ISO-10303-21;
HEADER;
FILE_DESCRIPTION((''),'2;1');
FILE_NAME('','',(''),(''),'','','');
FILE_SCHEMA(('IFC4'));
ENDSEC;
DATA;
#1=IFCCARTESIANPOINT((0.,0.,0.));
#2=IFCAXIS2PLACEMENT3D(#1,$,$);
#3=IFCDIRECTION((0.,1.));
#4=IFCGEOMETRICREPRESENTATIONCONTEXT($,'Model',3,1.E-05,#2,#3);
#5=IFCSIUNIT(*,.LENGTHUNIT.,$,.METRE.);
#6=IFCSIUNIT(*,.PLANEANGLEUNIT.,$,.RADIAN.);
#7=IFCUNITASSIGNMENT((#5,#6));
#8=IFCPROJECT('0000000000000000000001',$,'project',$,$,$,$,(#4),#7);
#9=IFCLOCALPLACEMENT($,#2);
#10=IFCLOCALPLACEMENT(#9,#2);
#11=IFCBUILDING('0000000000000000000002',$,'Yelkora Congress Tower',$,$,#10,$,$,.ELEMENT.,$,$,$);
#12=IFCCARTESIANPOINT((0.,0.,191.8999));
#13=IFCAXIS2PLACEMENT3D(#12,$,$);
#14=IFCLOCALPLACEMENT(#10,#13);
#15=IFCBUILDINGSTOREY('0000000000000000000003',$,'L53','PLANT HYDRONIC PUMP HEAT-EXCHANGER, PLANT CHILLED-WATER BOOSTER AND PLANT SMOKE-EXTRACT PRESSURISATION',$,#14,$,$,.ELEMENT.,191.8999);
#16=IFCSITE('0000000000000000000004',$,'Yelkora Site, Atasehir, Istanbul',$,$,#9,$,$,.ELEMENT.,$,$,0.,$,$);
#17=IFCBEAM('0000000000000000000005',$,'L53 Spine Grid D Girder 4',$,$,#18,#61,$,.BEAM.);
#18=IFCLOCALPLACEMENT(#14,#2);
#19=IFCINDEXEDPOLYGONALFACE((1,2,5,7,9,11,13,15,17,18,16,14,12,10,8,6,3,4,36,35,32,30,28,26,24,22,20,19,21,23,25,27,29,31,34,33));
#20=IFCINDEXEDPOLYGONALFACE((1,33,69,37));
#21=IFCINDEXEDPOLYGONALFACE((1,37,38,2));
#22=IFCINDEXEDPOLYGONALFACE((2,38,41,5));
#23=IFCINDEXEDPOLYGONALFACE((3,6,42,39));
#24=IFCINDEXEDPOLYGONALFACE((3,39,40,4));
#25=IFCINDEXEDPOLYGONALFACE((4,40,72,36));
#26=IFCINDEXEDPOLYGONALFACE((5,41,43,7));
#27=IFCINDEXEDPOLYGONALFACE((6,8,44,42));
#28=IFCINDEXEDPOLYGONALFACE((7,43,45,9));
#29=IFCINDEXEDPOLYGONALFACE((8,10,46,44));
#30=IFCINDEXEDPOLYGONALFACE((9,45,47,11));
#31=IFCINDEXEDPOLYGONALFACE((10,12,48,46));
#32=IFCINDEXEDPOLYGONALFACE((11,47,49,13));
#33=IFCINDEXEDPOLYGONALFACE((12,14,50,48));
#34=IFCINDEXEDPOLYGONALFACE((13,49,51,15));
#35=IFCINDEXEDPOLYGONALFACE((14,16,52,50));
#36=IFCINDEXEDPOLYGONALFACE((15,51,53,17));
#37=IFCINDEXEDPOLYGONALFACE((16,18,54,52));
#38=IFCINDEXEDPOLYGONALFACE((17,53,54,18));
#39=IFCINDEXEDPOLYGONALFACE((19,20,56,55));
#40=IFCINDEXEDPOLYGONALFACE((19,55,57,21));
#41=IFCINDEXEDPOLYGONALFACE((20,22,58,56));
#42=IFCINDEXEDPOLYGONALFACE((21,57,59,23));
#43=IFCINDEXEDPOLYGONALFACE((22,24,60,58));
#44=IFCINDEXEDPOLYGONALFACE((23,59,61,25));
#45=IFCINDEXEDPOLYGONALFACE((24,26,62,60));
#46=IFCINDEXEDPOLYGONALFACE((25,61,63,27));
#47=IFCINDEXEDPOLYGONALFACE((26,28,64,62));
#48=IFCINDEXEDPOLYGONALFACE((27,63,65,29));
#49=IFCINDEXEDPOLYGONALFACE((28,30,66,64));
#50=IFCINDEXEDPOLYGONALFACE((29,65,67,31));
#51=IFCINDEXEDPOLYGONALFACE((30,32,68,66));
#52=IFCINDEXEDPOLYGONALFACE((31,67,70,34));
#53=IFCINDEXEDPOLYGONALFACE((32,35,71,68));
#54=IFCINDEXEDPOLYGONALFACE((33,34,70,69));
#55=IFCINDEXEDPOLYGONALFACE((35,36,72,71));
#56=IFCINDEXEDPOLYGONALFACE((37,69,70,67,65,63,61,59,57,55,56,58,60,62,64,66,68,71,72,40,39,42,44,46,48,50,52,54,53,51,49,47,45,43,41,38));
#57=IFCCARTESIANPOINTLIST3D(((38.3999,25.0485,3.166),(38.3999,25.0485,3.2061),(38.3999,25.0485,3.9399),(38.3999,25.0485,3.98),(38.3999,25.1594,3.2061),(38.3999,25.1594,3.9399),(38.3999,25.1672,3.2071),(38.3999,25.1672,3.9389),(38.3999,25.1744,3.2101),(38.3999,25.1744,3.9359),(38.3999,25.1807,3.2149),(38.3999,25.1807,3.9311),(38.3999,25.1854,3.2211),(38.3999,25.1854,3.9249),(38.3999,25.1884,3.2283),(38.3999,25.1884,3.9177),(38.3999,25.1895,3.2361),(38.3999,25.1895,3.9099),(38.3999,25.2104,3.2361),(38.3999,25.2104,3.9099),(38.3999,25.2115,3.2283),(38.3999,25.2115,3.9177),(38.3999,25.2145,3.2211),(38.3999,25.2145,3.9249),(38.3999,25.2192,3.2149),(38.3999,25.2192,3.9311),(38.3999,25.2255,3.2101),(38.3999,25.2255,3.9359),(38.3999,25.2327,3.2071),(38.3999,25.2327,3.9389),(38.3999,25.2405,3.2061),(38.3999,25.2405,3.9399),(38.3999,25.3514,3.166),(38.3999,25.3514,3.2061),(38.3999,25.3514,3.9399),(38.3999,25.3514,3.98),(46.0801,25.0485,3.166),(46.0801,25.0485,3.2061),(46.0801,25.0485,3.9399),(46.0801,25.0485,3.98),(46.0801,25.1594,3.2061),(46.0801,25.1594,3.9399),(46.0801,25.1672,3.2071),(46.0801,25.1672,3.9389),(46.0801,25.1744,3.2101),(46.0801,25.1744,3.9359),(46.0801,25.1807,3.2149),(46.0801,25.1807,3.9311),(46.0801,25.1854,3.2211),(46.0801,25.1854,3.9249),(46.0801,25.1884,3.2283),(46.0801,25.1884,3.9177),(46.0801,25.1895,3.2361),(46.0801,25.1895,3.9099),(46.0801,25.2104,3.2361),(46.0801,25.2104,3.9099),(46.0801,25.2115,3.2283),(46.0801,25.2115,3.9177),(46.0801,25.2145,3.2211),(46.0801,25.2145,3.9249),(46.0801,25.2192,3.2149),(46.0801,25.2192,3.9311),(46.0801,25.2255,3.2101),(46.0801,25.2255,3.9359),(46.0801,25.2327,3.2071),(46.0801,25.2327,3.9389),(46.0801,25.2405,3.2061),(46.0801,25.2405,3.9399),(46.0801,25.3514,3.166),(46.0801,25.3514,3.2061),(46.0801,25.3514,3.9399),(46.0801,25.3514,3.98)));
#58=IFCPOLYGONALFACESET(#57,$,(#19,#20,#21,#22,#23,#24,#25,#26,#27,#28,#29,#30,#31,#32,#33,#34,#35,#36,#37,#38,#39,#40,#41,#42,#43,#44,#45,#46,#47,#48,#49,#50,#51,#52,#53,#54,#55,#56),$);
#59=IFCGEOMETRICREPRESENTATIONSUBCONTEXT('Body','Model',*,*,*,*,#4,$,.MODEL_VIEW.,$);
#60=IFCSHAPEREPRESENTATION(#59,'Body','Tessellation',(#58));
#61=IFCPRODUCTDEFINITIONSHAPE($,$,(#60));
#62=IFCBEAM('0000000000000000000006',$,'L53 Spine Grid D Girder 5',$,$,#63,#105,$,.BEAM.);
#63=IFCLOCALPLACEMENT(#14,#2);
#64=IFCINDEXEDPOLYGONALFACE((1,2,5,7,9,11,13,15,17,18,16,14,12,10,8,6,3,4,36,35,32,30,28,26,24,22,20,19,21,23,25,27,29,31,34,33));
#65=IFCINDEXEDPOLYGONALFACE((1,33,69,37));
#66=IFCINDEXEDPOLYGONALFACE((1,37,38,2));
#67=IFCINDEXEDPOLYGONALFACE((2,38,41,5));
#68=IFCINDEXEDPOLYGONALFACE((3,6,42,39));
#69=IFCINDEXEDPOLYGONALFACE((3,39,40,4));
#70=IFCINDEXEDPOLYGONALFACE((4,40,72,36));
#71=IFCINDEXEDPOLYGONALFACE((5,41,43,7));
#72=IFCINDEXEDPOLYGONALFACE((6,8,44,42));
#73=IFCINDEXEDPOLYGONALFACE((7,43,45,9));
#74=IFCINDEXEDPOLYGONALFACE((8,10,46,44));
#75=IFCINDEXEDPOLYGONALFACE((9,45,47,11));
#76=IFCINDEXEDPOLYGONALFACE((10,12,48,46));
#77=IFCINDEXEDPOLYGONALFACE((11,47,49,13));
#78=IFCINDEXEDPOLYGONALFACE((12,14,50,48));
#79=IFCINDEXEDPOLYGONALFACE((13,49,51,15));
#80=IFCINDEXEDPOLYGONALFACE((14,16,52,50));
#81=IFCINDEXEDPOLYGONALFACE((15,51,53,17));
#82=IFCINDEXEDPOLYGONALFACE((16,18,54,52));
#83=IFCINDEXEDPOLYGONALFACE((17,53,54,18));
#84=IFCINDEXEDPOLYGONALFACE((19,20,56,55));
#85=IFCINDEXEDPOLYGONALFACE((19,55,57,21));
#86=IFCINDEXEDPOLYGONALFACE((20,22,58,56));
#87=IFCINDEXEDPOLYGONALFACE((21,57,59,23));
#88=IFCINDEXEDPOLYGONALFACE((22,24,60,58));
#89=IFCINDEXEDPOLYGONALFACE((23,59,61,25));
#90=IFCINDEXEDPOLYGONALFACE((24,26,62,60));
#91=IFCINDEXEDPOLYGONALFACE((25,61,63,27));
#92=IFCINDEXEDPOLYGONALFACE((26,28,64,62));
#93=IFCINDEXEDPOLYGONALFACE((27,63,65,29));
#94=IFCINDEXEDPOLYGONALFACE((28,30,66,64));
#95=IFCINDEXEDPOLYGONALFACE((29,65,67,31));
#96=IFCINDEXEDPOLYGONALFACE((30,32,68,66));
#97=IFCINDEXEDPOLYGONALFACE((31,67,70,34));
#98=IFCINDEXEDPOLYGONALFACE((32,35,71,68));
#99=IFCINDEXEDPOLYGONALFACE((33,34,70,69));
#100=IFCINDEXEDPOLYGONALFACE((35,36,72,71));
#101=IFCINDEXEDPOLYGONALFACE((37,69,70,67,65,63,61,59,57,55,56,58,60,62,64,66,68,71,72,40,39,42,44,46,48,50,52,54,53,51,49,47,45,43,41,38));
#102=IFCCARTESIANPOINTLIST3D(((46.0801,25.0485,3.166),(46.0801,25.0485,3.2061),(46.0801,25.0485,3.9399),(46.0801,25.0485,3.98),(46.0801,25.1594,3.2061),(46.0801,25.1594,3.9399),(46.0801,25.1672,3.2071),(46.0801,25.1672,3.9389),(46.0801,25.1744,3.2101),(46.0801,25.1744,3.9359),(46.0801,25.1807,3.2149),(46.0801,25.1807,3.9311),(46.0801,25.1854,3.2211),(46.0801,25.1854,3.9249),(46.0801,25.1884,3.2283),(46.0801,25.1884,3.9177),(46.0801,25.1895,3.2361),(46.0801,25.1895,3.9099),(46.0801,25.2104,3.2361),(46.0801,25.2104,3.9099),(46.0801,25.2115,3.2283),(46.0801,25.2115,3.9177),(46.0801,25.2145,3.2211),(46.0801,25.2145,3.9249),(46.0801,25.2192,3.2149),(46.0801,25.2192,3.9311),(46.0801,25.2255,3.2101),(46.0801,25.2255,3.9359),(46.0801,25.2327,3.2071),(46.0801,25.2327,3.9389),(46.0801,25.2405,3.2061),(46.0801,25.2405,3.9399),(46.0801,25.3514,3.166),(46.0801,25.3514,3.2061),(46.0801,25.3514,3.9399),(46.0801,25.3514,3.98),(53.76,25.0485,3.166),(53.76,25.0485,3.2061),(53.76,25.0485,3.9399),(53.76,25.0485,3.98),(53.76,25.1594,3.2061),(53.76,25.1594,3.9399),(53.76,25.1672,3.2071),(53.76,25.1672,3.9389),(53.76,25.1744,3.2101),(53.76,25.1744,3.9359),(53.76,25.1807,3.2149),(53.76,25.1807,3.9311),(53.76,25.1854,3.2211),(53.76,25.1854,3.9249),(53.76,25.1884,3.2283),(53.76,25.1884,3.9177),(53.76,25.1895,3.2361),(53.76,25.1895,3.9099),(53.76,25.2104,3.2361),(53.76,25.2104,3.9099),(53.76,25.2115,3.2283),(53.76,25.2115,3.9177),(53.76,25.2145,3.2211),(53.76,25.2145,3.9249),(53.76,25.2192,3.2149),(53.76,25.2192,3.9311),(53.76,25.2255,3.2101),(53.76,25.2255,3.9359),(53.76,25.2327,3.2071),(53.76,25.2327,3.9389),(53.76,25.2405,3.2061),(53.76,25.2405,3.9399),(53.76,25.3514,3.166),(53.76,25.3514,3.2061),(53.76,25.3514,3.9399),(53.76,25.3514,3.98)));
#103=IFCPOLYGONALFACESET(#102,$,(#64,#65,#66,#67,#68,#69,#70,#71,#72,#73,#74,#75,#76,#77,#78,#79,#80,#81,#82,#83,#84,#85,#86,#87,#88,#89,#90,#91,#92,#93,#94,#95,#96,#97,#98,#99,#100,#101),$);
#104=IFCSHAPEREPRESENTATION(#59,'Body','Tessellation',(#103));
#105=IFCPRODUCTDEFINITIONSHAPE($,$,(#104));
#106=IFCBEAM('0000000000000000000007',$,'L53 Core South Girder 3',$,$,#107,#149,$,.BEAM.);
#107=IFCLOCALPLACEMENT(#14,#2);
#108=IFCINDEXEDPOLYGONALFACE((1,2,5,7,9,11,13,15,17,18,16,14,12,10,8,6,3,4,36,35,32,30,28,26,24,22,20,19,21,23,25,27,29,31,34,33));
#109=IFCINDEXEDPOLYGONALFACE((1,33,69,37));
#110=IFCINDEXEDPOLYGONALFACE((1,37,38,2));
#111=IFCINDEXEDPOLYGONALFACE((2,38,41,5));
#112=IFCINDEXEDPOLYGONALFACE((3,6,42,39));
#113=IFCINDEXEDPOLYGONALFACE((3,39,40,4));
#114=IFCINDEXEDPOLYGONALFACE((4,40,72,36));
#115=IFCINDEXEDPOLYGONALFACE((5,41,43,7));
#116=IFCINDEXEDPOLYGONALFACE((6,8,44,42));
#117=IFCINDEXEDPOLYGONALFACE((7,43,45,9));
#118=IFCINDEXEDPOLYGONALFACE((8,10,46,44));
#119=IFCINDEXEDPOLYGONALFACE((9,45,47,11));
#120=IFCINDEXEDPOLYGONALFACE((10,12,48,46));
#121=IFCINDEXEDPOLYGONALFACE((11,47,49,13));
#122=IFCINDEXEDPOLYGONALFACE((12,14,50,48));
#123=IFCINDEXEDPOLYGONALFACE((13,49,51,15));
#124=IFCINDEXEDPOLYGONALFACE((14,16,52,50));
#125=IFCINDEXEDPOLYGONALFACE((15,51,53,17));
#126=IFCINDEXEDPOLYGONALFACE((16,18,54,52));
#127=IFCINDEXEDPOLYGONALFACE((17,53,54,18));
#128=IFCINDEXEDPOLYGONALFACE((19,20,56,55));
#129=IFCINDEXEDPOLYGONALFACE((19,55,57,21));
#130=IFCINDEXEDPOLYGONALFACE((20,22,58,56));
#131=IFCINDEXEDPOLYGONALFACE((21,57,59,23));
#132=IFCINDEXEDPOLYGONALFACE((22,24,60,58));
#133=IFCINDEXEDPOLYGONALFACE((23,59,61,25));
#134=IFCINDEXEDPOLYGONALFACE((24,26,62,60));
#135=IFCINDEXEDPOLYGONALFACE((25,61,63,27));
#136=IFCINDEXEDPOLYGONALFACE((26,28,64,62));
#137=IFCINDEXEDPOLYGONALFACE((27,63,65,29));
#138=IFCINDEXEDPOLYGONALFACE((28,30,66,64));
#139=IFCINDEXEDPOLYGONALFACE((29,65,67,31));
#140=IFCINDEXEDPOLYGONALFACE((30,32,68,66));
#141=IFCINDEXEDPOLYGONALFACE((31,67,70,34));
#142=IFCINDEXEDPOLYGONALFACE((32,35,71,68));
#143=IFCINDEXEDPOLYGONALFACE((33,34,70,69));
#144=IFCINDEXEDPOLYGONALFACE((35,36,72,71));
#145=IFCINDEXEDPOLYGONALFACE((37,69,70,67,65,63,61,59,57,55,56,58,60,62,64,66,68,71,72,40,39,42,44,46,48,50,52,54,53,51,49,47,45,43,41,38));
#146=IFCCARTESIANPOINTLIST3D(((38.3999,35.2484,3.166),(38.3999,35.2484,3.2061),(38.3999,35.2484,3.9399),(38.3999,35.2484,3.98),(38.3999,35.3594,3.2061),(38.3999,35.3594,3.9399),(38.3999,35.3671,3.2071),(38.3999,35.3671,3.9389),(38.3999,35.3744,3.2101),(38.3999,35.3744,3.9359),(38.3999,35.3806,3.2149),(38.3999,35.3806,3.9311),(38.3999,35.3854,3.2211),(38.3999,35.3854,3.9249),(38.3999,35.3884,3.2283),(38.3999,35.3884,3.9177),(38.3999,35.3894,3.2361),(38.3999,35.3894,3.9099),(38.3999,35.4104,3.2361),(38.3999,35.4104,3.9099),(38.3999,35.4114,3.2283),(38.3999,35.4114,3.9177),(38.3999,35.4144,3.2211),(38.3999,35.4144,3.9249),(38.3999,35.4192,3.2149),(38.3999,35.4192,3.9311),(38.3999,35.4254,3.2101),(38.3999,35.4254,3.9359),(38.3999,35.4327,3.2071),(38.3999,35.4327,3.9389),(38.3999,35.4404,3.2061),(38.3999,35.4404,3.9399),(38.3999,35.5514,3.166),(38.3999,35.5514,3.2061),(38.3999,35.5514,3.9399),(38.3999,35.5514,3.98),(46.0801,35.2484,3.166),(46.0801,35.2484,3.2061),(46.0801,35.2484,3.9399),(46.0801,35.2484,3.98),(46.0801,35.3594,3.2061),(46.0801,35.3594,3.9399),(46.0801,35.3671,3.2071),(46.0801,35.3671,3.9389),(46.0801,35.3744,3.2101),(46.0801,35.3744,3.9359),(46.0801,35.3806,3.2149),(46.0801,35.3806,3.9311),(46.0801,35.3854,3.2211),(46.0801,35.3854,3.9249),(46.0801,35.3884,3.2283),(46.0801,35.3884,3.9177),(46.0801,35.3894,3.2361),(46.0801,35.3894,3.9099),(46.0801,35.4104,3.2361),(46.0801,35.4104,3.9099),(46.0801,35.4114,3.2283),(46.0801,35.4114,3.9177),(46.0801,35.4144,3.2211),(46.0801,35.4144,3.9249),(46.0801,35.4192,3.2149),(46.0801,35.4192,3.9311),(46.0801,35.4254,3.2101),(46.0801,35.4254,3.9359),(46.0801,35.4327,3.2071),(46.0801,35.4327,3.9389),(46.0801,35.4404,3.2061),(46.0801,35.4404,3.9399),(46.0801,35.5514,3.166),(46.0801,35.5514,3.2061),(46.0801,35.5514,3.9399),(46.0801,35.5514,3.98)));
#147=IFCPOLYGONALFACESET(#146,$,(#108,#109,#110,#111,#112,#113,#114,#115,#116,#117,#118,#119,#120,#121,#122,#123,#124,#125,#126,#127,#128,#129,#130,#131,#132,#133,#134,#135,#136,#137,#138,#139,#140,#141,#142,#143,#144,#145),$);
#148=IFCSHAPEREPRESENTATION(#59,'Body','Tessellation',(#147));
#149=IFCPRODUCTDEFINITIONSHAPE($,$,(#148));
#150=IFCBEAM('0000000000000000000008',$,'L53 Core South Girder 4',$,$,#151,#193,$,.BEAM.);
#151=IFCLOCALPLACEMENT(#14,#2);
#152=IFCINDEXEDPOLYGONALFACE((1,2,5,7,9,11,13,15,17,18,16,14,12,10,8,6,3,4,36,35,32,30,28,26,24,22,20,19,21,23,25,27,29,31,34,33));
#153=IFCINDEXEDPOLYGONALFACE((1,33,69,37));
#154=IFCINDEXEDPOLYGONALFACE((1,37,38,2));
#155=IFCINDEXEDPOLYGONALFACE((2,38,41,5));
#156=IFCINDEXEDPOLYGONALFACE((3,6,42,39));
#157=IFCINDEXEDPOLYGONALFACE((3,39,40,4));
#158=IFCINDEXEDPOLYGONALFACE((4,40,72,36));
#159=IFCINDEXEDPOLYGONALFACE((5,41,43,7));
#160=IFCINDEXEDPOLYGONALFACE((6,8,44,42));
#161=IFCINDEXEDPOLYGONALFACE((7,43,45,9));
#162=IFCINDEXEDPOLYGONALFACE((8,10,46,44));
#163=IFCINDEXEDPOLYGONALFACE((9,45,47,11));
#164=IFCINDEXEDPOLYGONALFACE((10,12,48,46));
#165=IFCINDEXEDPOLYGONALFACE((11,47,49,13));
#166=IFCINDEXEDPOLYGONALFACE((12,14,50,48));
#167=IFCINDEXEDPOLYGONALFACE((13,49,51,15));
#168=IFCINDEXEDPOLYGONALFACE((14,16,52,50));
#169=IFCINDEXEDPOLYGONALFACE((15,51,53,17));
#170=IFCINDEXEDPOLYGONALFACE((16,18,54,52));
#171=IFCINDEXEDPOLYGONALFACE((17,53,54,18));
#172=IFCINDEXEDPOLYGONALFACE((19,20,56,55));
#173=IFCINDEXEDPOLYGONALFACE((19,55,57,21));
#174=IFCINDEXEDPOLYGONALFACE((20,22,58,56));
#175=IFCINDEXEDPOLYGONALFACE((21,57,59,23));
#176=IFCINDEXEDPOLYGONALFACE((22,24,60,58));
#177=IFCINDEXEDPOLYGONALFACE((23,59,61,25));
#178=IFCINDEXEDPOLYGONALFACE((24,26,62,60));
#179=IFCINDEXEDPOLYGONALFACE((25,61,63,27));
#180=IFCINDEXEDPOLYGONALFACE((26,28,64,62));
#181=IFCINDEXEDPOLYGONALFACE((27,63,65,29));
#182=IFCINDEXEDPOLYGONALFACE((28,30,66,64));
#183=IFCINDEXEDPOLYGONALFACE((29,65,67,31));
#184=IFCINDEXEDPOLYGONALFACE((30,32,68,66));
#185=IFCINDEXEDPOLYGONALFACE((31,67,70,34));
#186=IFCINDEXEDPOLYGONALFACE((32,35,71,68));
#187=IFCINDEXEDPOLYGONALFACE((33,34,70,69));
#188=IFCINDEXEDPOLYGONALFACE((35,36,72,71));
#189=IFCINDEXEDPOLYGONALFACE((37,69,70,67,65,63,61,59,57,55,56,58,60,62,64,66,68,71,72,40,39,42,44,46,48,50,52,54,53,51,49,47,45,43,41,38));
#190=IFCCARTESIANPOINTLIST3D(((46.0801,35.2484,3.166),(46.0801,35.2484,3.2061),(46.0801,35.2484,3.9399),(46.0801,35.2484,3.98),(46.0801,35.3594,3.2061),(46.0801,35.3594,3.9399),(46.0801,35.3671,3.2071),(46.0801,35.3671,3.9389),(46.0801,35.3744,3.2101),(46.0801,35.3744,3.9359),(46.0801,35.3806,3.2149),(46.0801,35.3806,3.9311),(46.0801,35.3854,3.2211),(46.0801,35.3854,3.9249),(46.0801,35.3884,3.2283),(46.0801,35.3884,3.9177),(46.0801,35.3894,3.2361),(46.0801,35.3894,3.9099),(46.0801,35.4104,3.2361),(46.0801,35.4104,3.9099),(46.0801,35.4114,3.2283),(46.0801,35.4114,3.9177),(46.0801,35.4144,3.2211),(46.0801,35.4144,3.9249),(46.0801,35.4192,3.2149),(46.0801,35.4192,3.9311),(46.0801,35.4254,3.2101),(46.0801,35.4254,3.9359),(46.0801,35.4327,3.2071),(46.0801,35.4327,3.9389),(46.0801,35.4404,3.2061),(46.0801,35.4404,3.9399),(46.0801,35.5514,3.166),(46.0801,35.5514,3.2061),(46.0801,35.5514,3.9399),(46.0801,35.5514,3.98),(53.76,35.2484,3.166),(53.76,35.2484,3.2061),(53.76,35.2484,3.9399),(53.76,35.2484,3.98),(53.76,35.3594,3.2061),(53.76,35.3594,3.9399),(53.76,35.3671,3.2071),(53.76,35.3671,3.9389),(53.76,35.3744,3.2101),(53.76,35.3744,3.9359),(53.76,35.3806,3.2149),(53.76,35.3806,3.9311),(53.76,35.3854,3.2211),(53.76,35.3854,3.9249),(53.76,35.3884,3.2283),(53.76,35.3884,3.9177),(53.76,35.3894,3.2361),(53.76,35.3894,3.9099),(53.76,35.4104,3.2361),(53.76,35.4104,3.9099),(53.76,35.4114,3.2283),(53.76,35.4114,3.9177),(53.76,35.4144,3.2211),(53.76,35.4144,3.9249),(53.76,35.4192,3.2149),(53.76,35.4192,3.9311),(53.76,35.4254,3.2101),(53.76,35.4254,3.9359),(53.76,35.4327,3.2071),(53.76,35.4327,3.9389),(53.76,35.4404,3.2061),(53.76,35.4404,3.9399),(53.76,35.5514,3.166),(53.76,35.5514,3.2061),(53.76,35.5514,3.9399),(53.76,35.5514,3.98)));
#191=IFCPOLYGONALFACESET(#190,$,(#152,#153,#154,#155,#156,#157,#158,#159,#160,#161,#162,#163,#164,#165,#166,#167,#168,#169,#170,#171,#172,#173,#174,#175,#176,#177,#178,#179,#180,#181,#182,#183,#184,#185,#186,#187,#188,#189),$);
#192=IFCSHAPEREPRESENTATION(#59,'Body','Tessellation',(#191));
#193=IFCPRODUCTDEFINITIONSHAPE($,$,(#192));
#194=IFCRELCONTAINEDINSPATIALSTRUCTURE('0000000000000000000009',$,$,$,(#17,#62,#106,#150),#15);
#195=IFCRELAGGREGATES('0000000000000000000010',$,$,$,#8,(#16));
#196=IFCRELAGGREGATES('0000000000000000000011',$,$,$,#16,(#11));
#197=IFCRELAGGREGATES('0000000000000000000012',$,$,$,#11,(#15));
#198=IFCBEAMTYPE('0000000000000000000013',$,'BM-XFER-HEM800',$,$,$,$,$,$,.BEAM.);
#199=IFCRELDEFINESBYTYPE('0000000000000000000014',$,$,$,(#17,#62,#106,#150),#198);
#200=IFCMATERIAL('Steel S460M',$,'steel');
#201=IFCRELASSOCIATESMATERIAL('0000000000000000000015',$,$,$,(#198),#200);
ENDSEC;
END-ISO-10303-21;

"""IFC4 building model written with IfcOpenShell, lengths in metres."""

from ifc_helpers import new_model, si_unit, direction, frame, origin, origin_2d, place, context, subcontext, project, spatial, i_section, extrude, material, material_profile, profile_set, type_object, element, save


model = new_model("IFC4")

# Units and contexts
model_context = context("Model", 3, precision=1e-05, world=origin(), true_north=direction((0.0, 1.0)))
body_context = subcontext(model_context, "Body", "Model", "MODEL_VIEW")
ifc_project = project(units=[si_unit("LENGTHUNIT", "METRE"), si_unit("PLANEANGLEUNIT", "RADIAN")], contexts=[model_context])

# Site, building, storey
site_placement = place(None, origin())
site = spatial("IfcSite", under=ifc_project, at=site_placement, Name="Yelkora Site, Atasehir, Istanbul", CompositionType="ELEMENT", RefElevation=0.0)
building_placement = place(site_placement, origin())
building = spatial("IfcBuilding", under=site, at=building_placement, Name="Yelkora Congress Tower", CompositionType="ELEMENT")
storey_placement = place(building_placement, frame((0.0, 0.0, 191.8999)))
storey = spatial("IfcBuildingStorey", under=building, at=storey_placement, Name="L53", Description="PLANT HYDRONIC PUMP HEAT-EXCHANGER, PLANT CHILLED-WATER BOOSTER AND PLANT SMOKE-EXTRACT PRESSURISATION", CompositionType="ELEMENT", Elevation=191.8999)

# Shared definitions
ifc_material_1 = material(Name="Steel S460M", Category="steel")

# Beams
ifc_material_profile_1 = material_profile(ifc_material_1, i_section(OverallWidth=0.303, OverallDepth=0.814, WebThickness=0.021, FlangeThickness=0.04, FilletRadius=0.03, at=origin_2d()), Name="HEM 800")
ifc_profile_set_1 = profile_set([ifc_material_profile_1], Name="Steel S460M")
beam_type = type_object("IfcBeamType", Name="BM-XFER-HEM800", PredefinedType="BEAM", material=ifc_profile_set_1)
beam_1_placement = place(storey_placement, frame((38.3999, 25.2, 3.573), z_axis=(1.0, 0.0, 0.0), x_axis=(0.0, 1.0, 0.0)))
element("IfcBeam", 1, at=beam_1_placement, inside=storey, type_object=beam_type, Name="L53 Spine Grid D Girder 4", PredefinedType="BEAM", context=body_context, shape_type="SweptSolid", body=[
    extrude(i_section(OverallWidth=0.303, OverallDepth=0.814, WebThickness=0.021, FlangeThickness=0.04, FilletRadius=0.03, at=origin_2d()), origin(), (0.0, 0.0, 1.0), 7.6802),
])
beam_2_placement = place(storey_placement, frame((46.0801, 25.2, 3.573), z_axis=(1.0, 0.0, 0.0), x_axis=(0.0, 1.0, 0.0)))
element("IfcBeam", 2, at=beam_2_placement, inside=storey, type_object=beam_type, Name="L53 Spine Grid D Girder 5", PredefinedType="BEAM", context=body_context, shape_type="SweptSolid", body=[
    extrude(i_section(OverallWidth=0.303, OverallDepth=0.814, WebThickness=0.021, FlangeThickness=0.04, FilletRadius=0.03, at=origin_2d()), origin(), (0.0, 0.0, 1.0), 7.6799),
])
beam_3_placement = place(storey_placement, frame((38.3999, 35.3999, 3.573), z_axis=(1.0, 0.0, 0.0), x_axis=(0.0, 1.0, 0.0)))
element("IfcBeam", 3, at=beam_3_placement, inside=storey, type_object=beam_type, Name="L53 Core South Girder 3", PredefinedType="BEAM", context=body_context, shape_type="SweptSolid", body=[
    extrude(i_section(OverallWidth=0.303, OverallDepth=0.814, WebThickness=0.021, FlangeThickness=0.04, FilletRadius=0.03, at=origin_2d()), origin(), (0.0, 0.0, 1.0), 7.6802),
])
beam_4_placement = place(storey_placement, frame((46.0801, 35.3999, 3.573), z_axis=(1.0, 0.0, 0.0), x_axis=(0.0, 1.0, 0.0)))
element("IfcBeam", 4, at=beam_4_placement, inside=storey, type_object=beam_type, Name="L53 Core South Girder 4", PredefinedType="BEAM", context=body_context, shape_type="SweptSolid", body=[
    extrude(i_section(OverallWidth=0.303, OverallDepth=0.814, WebThickness=0.021, FlangeThickness=0.04, FilletRadius=0.03, at=origin_2d()), origin(), (0.0, 0.0, 1.0), 7.6799),
])

save(model, "model.ifc")
